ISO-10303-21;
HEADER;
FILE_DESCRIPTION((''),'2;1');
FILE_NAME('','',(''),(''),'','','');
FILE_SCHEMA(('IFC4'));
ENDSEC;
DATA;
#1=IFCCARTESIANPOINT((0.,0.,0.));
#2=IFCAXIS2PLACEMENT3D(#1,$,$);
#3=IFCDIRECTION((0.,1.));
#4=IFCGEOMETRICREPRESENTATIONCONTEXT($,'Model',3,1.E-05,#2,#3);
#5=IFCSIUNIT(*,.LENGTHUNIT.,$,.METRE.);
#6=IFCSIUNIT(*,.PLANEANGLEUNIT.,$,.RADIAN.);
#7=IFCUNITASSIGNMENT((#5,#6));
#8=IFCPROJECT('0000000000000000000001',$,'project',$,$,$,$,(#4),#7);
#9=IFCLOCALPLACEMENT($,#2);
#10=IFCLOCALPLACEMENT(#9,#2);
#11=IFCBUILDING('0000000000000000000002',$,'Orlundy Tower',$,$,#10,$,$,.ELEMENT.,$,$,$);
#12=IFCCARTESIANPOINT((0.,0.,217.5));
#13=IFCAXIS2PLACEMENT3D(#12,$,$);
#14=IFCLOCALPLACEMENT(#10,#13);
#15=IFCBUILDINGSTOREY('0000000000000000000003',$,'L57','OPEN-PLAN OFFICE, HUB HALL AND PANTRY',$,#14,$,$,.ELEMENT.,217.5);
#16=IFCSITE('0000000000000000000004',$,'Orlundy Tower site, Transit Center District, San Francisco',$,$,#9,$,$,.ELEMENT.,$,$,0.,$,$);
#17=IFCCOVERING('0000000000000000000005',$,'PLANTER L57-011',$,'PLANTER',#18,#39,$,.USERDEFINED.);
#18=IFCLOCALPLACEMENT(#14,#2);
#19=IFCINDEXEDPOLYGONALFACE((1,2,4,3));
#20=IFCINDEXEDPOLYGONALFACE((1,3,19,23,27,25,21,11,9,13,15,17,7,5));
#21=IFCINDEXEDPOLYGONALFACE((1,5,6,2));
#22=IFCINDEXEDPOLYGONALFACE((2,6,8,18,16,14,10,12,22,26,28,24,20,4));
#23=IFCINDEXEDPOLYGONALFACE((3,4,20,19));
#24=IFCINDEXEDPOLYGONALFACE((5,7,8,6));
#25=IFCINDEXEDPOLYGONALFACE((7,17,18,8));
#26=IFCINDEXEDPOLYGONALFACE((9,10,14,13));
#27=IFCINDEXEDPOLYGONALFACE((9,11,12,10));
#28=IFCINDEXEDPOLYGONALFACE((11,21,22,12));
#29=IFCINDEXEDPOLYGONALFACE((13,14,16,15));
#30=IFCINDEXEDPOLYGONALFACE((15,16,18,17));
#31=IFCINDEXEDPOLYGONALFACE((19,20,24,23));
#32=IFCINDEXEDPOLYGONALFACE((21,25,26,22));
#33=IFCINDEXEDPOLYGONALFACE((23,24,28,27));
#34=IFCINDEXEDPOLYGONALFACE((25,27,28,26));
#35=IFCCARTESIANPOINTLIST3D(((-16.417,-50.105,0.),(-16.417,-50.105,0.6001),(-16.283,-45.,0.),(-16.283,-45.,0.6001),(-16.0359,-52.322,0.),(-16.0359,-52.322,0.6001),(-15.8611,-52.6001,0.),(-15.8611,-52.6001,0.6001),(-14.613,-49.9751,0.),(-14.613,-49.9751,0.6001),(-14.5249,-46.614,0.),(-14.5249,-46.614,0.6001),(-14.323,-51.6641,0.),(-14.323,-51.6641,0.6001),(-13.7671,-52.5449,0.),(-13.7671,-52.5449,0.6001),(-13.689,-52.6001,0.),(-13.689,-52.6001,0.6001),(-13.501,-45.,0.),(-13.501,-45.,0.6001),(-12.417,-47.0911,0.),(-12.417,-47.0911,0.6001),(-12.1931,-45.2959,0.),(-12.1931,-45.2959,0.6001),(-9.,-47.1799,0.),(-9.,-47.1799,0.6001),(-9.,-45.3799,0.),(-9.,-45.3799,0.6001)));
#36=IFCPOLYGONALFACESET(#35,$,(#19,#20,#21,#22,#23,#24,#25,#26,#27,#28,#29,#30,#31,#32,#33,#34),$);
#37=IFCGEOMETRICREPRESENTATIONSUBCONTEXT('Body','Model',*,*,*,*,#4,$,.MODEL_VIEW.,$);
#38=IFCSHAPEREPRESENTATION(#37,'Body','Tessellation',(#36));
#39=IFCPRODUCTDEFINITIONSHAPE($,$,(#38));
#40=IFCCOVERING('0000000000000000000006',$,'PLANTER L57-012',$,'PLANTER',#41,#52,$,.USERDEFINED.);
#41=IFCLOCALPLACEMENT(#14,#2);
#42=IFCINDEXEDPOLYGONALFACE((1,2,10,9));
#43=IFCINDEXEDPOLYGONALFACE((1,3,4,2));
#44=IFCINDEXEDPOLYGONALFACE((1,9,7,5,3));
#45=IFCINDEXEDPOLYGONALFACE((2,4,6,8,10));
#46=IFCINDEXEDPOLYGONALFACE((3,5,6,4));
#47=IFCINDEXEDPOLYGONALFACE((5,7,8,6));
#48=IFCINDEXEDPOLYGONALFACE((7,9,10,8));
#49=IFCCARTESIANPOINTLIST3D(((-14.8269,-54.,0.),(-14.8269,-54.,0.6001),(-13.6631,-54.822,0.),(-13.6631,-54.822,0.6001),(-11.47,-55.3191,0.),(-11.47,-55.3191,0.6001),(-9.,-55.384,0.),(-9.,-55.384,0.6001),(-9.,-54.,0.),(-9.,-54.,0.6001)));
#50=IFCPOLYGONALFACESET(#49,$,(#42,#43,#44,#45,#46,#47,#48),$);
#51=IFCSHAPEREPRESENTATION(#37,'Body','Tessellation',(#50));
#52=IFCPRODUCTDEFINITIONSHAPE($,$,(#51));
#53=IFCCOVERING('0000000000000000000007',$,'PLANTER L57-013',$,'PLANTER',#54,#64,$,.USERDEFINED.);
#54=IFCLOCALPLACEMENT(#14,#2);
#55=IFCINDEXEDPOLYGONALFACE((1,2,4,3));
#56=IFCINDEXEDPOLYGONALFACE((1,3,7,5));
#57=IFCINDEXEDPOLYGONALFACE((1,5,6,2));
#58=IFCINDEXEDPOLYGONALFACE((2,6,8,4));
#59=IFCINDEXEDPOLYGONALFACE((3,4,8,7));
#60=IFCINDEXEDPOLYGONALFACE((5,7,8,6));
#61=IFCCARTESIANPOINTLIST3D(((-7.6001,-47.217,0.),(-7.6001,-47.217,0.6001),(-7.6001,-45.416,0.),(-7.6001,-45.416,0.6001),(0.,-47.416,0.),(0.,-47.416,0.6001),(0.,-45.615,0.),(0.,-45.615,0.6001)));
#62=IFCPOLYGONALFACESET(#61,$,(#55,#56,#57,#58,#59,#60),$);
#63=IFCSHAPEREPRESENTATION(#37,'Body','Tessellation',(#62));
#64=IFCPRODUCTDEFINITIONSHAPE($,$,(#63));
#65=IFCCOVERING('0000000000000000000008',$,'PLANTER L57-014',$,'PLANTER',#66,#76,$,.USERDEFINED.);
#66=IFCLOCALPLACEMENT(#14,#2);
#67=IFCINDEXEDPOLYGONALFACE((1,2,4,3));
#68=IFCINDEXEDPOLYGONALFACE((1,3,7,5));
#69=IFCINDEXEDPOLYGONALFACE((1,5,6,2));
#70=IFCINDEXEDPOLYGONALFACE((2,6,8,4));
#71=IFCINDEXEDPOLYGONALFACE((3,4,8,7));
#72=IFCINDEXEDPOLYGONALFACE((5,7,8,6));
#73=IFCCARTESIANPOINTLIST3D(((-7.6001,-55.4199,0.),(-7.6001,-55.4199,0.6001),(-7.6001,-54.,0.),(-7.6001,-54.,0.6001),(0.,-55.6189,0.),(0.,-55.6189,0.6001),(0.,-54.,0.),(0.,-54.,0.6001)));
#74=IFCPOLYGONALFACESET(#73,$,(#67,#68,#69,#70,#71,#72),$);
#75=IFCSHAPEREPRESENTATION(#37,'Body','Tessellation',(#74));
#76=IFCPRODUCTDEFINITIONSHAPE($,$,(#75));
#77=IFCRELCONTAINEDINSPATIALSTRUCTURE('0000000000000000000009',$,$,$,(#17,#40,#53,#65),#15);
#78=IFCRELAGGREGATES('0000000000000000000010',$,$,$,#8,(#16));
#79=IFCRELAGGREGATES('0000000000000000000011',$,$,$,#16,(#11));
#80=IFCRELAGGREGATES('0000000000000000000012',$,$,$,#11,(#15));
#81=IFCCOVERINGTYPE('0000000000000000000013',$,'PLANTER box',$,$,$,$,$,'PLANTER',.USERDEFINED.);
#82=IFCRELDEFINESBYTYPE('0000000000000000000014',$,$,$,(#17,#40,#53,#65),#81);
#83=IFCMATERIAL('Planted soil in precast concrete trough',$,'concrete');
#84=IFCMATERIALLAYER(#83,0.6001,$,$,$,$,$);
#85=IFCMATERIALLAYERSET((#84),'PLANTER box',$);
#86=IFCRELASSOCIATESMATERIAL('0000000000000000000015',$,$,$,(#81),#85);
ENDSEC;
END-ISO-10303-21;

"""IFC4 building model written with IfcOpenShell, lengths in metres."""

from ifc_helpers import new_model, si_unit, direction, frame, origin, place, context, subcontext, project, spatial, polyline, outline, extrude, material, layer, layer_set, type_object, element, save


model = new_model("IFC4")

# Units and contexts
model_context = context("Model", 3, precision=1e-05, world=origin(), true_north=direction((0.0, 1.0)))
body_context = subcontext(model_context, "Body", "Model", "MODEL_VIEW")
ifc_project = project(units=[si_unit("LENGTHUNIT", "METRE"), si_unit("PLANEANGLEUNIT", "RADIAN")], contexts=[model_context])

# Site, building, storey
site_placement = place(None, origin())
site = spatial("IfcSite", under=ifc_project, at=site_placement, Name="Orlundy Tower site, Transit Center District, San Francisco", CompositionType="ELEMENT", RefElevation=0.0)
building_placement = place(site_placement, origin())
building = spatial("IfcBuilding", under=site, at=building_placement, Name="Orlundy Tower", CompositionType="ELEMENT")
storey_placement = place(building_placement, frame((0.0, 0.0, 217.5)))
storey = spatial("IfcBuildingStorey", under=building, at=storey_placement, Name="L57", Description="OPEN-PLAN OFFICE, HUB HALL AND PANTRY", CompositionType="ELEMENT", Elevation=217.5)

# Coverings
ifc_material_1 = material(Name="Planted soil in precast concrete trough", Category="concrete")
ifc_layer_1 = layer(ifc_material_1, 0.6001)
ifc_layer_set_1 = layer_set([ifc_layer_1], Name="PLANTER box")
covering_type = type_object("IfcCoveringType", Name="PLANTER box", ElementType="PLANTER", PredefinedType="USERDEFINED", material=ifc_layer_set_1)
covering_1_placement = place(storey_placement, origin())
element("IfcCovering", 1, at=covering_1_placement, inside=storey, type_object=covering_type, Name="PLANTER L57-011", ObjectType="PLANTER", PredefinedType="USERDEFINED", context=body_context, shape_type="SweptSolid", body=[
    extrude(outline(polyline([(-9.0, -45.3799), (-9.0, -47.1799), (-12.417, -47.0911), (-14.5249, -46.614), (-14.613, -49.9751), (-14.323, -51.6641), (-13.7671, -52.5449), (-13.689, -52.6001), (-15.8611, -52.6001), (-16.0359, -52.322), (-16.417, -50.105), (-16.283, -45.0), (-13.501, -45.0), (-12.1931, -45.2959), (-9.0, -45.3799)])), origin(), (0.0, 0.0, 1.0), 0.6001),
])
covering_2_placement = place(storey_placement, origin())
element("IfcCovering", 2, at=covering_2_placement, inside=storey, type_object=covering_type, Name="PLANTER L57-012", ObjectType="PLANTER", PredefinedType="USERDEFINED", context=body_context, shape_type="SweptSolid", body=[
    extrude(outline(polyline([(-11.47, -55.3191), (-13.6631, -54.822), (-14.8269, -54.0), (-9.0, -54.0), (-9.0, -55.384), (-11.47, -55.3191)])), origin(), (0.0, 0.0, 1.0), 0.6001),
])
covering_3_placement = place(storey_placement, origin())
element("IfcCovering", 3, at=covering_3_placement, inside=storey, type_object=covering_type, Name="PLANTER L57-013", ObjectType="PLANTER", PredefinedType="USERDEFINED", context=body_context, shape_type="SweptSolid", body=[
    extrude(outline(polyline([(0.0, -45.615), (0.0, -47.416), (-7.6001, -47.217), (-7.6001, -45.416), (0.0, -45.615)])), origin(), (0.0, 0.0, 1.0), 0.6001),
])
covering_4_placement = place(storey_placement, origin())
element("IfcCovering", 4, at=covering_4_placement, inside=storey, type_object=covering_type, Name="PLANTER L57-014", ObjectType="PLANTER", PredefinedType="USERDEFINED", context=body_context, shape_type="SweptSolid", body=[
    extrude(outline(polyline([(-7.6001, -55.4199), (-7.6001, -54.0), (0.0, -54.0), (0.0, -55.6189), (-7.6001, -55.4199)])), origin(), (0.0, 0.0, 1.0), 0.6001),
])

save(model, "model.ifc")
